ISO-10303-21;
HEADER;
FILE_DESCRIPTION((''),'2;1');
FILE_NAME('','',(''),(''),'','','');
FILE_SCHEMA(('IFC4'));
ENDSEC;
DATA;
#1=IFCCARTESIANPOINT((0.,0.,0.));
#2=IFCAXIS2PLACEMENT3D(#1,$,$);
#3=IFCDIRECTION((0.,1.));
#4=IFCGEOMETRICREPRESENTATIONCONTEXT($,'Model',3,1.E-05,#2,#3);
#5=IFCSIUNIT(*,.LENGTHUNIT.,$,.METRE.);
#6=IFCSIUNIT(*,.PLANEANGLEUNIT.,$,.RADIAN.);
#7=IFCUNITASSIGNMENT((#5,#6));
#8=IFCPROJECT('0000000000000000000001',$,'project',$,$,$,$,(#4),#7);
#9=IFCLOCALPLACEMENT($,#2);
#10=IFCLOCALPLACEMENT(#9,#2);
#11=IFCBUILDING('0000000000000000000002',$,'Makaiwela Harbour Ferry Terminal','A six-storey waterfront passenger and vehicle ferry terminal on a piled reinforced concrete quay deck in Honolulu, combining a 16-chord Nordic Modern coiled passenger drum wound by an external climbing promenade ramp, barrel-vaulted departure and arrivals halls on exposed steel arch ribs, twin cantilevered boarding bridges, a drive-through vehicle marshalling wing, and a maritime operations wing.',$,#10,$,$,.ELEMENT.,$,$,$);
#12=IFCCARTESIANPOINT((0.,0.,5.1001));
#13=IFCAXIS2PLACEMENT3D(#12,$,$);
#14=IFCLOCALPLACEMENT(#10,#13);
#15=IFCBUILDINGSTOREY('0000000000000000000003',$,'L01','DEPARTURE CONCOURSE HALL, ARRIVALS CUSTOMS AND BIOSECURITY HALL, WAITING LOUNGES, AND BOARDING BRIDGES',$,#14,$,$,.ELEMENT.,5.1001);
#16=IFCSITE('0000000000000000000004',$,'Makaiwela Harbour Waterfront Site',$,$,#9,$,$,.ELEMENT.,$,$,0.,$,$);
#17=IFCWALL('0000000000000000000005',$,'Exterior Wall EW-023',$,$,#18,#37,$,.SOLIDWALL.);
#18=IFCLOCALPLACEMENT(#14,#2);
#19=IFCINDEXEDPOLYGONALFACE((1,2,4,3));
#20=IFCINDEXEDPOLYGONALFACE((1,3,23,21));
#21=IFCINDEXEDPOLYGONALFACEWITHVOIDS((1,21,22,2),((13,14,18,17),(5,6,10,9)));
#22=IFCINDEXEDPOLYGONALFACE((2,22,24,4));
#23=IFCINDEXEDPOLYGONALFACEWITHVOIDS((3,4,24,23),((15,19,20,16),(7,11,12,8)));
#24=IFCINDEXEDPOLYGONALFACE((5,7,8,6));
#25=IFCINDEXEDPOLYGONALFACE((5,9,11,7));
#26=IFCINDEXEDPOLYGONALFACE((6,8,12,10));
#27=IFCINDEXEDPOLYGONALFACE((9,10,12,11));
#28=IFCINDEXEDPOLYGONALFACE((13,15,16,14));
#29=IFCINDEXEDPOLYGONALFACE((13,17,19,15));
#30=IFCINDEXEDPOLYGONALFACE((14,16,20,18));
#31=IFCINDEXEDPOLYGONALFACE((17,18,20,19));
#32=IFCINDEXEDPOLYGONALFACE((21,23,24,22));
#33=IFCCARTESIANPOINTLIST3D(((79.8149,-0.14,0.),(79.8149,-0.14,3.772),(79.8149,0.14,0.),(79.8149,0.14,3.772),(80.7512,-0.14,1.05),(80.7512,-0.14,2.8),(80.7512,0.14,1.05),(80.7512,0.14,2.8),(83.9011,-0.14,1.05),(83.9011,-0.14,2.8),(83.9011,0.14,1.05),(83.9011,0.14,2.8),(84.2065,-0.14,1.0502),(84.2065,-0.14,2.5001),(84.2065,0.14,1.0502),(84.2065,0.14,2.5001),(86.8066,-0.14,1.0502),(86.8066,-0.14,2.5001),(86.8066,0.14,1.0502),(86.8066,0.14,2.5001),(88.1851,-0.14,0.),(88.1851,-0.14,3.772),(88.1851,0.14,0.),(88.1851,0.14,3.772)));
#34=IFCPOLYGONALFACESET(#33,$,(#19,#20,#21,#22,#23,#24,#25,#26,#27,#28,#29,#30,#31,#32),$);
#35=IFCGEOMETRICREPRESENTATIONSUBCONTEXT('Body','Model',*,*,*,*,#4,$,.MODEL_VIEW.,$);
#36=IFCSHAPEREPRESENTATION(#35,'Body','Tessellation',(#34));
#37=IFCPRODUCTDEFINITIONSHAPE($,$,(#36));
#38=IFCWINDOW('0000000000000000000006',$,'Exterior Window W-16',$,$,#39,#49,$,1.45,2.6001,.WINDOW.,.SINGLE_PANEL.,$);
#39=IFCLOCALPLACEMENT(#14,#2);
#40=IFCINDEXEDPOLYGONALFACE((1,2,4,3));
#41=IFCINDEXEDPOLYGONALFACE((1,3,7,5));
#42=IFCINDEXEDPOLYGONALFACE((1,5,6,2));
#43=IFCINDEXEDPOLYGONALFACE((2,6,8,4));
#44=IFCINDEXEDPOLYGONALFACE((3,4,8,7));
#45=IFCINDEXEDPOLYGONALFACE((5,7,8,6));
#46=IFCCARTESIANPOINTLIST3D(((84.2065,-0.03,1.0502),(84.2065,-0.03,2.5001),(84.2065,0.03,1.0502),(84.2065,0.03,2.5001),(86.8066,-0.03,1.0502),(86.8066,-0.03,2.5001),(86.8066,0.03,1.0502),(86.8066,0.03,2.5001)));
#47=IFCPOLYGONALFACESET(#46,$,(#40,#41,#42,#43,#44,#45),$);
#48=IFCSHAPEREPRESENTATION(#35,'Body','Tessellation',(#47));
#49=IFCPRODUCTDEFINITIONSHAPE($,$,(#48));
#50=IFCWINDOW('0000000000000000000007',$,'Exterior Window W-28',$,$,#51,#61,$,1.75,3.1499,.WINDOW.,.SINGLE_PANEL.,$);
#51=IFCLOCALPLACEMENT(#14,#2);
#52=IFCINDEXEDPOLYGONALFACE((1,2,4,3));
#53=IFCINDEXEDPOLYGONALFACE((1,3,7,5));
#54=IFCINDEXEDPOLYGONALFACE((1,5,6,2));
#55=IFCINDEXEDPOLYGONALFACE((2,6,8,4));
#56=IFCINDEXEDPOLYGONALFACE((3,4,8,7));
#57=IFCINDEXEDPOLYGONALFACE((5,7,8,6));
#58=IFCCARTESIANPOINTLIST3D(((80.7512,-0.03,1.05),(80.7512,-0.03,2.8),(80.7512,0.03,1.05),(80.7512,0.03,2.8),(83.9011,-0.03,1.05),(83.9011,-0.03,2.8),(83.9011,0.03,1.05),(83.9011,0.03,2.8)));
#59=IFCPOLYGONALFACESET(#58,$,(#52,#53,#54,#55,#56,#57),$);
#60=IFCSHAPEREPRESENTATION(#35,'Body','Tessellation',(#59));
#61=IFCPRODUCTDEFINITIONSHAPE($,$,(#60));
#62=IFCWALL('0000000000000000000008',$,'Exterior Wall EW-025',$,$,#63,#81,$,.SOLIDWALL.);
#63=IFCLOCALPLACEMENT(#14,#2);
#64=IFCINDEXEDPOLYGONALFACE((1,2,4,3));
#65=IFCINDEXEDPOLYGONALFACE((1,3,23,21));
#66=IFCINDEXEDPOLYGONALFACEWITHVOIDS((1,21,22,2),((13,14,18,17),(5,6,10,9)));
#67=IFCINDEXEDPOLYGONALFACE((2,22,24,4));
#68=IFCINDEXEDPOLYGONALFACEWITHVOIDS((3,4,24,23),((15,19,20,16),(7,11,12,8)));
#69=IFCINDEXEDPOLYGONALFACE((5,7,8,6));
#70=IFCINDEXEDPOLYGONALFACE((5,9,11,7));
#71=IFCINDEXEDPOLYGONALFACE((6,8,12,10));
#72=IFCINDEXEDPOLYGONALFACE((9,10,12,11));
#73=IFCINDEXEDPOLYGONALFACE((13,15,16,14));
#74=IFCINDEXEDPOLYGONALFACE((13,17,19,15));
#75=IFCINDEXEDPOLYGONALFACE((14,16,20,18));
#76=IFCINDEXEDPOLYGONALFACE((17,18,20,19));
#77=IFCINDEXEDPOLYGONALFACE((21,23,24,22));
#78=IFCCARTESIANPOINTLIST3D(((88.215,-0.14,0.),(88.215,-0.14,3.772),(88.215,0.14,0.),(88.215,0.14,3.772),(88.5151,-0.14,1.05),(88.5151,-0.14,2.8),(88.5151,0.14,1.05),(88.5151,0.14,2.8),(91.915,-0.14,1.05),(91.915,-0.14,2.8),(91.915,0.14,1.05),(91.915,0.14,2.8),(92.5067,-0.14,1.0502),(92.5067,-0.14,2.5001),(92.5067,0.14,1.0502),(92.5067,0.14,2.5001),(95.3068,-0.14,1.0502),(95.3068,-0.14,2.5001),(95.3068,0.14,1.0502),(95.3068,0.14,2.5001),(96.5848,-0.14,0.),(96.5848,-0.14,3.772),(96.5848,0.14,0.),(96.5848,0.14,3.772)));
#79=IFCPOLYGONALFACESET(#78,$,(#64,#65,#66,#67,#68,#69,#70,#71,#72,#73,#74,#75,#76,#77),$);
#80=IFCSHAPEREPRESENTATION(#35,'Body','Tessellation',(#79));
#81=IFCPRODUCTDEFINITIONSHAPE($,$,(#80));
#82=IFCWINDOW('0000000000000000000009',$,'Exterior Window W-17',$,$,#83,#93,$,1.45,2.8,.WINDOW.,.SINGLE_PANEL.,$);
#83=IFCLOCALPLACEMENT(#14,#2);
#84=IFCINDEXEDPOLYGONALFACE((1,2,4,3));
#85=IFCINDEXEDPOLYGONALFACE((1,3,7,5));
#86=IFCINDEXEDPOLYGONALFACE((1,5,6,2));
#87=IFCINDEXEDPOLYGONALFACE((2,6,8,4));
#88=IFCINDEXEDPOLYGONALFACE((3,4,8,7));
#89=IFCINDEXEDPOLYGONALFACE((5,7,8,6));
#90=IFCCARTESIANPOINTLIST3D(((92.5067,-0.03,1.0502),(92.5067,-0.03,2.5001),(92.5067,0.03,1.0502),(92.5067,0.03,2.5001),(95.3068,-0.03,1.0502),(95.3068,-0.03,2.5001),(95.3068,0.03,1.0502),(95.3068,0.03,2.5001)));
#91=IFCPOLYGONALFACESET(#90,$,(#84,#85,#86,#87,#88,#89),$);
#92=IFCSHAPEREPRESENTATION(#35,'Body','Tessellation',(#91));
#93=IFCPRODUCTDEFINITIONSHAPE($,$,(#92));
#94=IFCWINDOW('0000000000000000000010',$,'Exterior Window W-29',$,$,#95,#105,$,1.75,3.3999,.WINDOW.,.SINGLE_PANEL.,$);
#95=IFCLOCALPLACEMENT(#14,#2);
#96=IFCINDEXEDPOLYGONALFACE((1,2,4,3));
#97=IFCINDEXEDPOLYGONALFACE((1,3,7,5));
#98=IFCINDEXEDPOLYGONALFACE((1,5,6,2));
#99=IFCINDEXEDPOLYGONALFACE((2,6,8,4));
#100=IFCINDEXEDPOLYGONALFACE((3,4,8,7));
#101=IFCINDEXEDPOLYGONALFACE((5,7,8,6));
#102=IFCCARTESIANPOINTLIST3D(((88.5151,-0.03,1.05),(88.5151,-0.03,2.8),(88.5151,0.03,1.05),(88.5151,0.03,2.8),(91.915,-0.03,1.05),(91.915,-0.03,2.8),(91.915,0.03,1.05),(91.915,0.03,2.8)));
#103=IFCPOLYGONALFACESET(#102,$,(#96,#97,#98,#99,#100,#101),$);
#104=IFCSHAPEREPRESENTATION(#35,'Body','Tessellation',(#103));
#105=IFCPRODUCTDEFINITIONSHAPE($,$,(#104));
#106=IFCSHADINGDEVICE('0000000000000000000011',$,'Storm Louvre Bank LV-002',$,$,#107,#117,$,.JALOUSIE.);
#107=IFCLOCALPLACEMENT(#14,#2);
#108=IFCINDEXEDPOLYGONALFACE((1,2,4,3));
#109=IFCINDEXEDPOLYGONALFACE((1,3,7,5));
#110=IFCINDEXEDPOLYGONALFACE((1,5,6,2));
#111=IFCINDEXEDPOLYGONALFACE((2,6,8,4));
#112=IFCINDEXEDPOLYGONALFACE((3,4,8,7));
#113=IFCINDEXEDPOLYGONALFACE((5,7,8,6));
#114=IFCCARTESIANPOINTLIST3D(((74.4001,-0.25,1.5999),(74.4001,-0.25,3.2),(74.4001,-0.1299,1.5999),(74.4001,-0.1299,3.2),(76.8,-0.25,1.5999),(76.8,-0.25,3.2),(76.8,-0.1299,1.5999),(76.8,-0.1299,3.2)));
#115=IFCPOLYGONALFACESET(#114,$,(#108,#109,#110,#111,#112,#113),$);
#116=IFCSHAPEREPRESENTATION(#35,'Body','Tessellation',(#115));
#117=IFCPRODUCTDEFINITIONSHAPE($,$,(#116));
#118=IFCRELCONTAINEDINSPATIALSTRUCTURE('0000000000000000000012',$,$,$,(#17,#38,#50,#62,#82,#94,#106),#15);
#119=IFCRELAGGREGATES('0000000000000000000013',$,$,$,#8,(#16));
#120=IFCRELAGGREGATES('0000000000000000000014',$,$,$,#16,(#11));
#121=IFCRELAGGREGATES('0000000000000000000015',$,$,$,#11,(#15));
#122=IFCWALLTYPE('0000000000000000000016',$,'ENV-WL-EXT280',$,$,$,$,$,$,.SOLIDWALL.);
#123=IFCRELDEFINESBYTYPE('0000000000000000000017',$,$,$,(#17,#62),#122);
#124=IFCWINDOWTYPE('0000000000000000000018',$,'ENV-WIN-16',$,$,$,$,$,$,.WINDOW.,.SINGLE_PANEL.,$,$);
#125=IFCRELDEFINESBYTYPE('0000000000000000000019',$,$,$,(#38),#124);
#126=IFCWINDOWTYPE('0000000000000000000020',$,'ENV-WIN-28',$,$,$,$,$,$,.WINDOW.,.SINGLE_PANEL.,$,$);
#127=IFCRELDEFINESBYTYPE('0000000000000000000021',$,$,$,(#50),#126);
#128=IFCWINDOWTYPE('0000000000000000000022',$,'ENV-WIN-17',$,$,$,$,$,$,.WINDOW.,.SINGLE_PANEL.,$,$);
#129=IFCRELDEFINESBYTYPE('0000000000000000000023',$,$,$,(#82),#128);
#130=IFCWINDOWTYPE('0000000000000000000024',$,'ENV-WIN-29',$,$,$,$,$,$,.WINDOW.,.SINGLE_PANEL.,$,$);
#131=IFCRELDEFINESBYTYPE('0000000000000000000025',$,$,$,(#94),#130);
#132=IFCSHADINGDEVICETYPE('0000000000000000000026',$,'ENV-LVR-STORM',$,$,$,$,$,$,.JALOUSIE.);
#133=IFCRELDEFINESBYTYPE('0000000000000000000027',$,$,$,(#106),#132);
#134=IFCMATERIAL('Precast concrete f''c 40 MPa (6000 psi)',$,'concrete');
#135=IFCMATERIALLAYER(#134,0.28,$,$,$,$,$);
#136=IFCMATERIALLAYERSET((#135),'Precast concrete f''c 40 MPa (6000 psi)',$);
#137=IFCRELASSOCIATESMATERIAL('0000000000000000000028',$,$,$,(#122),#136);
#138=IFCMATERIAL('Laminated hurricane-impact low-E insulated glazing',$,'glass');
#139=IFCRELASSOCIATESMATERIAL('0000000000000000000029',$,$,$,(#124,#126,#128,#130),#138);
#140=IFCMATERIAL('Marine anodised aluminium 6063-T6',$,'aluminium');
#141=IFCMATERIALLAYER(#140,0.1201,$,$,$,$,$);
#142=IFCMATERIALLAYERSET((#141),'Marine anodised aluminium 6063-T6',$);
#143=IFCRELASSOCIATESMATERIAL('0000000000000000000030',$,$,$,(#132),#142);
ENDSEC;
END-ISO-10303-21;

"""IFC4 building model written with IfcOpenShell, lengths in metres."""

from ifc_helpers import new_model, si_unit, direction, frame, frame_2d, origin, origin_2d, place, context, subcontext, project, spatial, rectangle, extrude, material, layer, layer_set, type_object, element, fill, save


model = new_model("IFC4")

# Units and contexts
model_context = context("Model", 3, precision=1e-05, world=origin(), true_north=direction((0.0, 1.0)))
body_context = subcontext(model_context, "Body", "Model", "MODEL_VIEW")
ifc_project = project(units=[si_unit("LENGTHUNIT", "METRE"), si_unit("PLANEANGLEUNIT", "RADIAN")], contexts=[model_context])

# Site, building, storey
site_placement = place(None, origin())
site = spatial("IfcSite", under=ifc_project, at=site_placement, Name="Makaiwela Harbour Waterfront Site", CompositionType="ELEMENT", RefElevation=0.0)
building_placement = place(site_placement, origin())
building = spatial("IfcBuilding", under=site, at=building_placement, Name="Makaiwela Harbour Ferry Terminal", Description="A six-storey waterfront passenger and vehicle ferry terminal on a piled reinforced concrete quay deck in Honolulu, combining a 16-chord Nordic Modern coiled passenger drum wound by an external climbing promenade ramp, barrel-vaulted departure and arrivals halls on exposed steel arch ribs, twin cantilevered boarding bridges, a drive-through vehicle marshalling wing, and a maritime operations wing.", CompositionType="ELEMENT")
storey_placement = place(building_placement, frame((0.0, 0.0, 5.1001)))
storey = spatial("IfcBuildingStorey", under=building, at=storey_placement, Name="L01", Description="DEPARTURE CONCOURSE HALL, ARRIVALS CUSTOMS AND BIOSECURITY HALL, WAITING LOUNGES, AND BOARDING BRIDGES", CompositionType="ELEMENT", Elevation=5.1001)

# Walls, openings, windows
ifc_material_1 = material(Name="Precast concrete f'c 40 MPa (6000 psi)", Category="concrete")
ifc_layer_1 = layer(ifc_material_1, 0.28)
ifc_layer_set_1 = layer_set([ifc_layer_1], Name="Precast concrete f'c 40 MPa (6000 psi)")
wall_type = type_object("IfcWallType", Name="ENV-WL-EXT280", PredefinedType="SOLIDWALL", material=ifc_layer_set_1)
ifc_material_2 = material(Name="Laminated hurricane-impact low-E insulated glazing", Category="glass")
wall_1_placement = place(storey_placement, frame((88.1851, 0.0, 0.0), z_axis=(0.0, 0.0, 1.0), x_axis=(-1.0, 0.0, 0.0)))
wall_1 = element("IfcWall", 1, at=wall_1_placement, inside=storey, type_object=wall_type, Name="Exterior Wall EW-023", PredefinedType="SOLIDWALL", context=body_context, shape_type="SweptSolid", body=[
    extrude(rectangle(XDim=8.3701, YDim=0.28, at=frame_2d((4.1851, 0.0))), origin(), (0.0, 0.0, 1.0), 3.772),
])
opening_1_placement = place(wall_1_placement, frame((1.3784, 0.0, 1.05)))
opening_1 = element("IfcOpeningElement", 2, at=opening_1_placement, cuts=wall_1, PredefinedType="OPENING", context=body_context, shape_type="SweptSolid", body=[
    extrude(rectangle(XDim=2.6001, YDim=1.45, at=frame_2d((1.3, 0.7251))), frame((0.0, 0.1499, 0.0), z_axis=(0.0, -1.0, 0.0), x_axis=(1.0, 0.0, 0.0)), (0.0, 0.0, 1.0), 0.3),
])
opening_2_placement = place(wall_1_placement, frame((4.2839, 0.0, 1.05)))
opening_2 = element("IfcOpeningElement", 3, at=opening_2_placement, cuts=wall_1, PredefinedType="OPENING", context=body_context, shape_type="SweptSolid", body=[
    extrude(rectangle(XDim=3.1499, YDim=1.75, at=frame_2d((1.575, 0.875))), frame((0.0, 0.1499, 0.0), z_axis=(0.0, -1.0, 0.0), x_axis=(1.0, 0.0, 0.0)), (0.0, 0.0, 1.0), 0.3),
])
window_type_1 = type_object("IfcWindowType", Name="ENV-WIN-16", PartitioningType="SINGLE_PANEL", PredefinedType="WINDOW", material=ifc_material_2)
window_1_placement = place(opening_1_placement, origin())
window_1 = element("IfcWindow", 4, at=window_1_placement, inside=storey, type_object=window_type_1, Name="Exterior Window W-16", OverallHeight=1.45, OverallWidth=2.6001, PartitioningType="SINGLE_PANEL", PredefinedType="WINDOW", context=body_context, shape_type="SweptSolid", body=[
    extrude(rectangle(XDim=2.6001, YDim=1.45, at=frame_2d((1.3, 0.7251))), frame((0.0, 0.03, 0.0), z_axis=(0.0, -1.0, 0.0), x_axis=(1.0, 0.0, 0.0)), (0.0, 0.0, 1.0), 0.0601),
])
fill(opening_1, window_1)
window_type_2 = type_object("IfcWindowType", Name="ENV-WIN-28", PartitioningType="SINGLE_PANEL", PredefinedType="WINDOW", material=ifc_material_2)
window_2_placement = place(opening_2_placement, origin())
window_2 = element("IfcWindow", 5, at=window_2_placement, inside=storey, type_object=window_type_2, Name="Exterior Window W-28", OverallHeight=1.75, OverallWidth=3.1499, PartitioningType="SINGLE_PANEL", PredefinedType="WINDOW", context=body_context, shape_type="SweptSolid", body=[
    extrude(rectangle(XDim=3.1499, YDim=1.75, at=frame_2d((1.575, 0.875))), frame((0.0, 0.03, 0.0), z_axis=(0.0, -1.0, 0.0), x_axis=(1.0, 0.0, 0.0)), (0.0, 0.0, 1.0), 0.0601),
])
fill(opening_2, window_2)
wall_2_placement = place(storey_placement, frame((96.585, 0.0, 0.0), z_axis=(0.0, 0.0, 1.0), x_axis=(-1.0, 0.0, 0.0)))
wall_2 = element("IfcWall", 6, at=wall_2_placement, inside=storey, type_object=wall_type, Name="Exterior Wall EW-025", PredefinedType="SOLIDWALL", context=body_context, shape_type="SweptSolid", body=[
    extrude(rectangle(XDim=8.3699, YDim=0.28, at=frame_2d((4.1851, 0.0))), origin(), (0.0, 0.0, 1.0), 3.772),
])
opening_3_placement = place(wall_2_placement, frame((1.2783, 0.0, 1.05)))
opening_3 = element("IfcOpeningElement", 7, at=opening_3_placement, cuts=wall_2, PredefinedType="OPENING", context=body_context, shape_type="SweptSolid", body=[
    extrude(rectangle(XDim=2.8, YDim=1.45, at=frame_2d((1.3999, 0.7251))), frame((0.0, 0.1499, 0.0), z_axis=(0.0, -1.0, 0.0), x_axis=(1.0, 0.0, 0.0)), (0.0, 0.0, 1.0), 0.3),
])
opening_4_placement = place(wall_2_placement, frame((4.6699, 0.0, 1.05)))
opening_4 = element("IfcOpeningElement", 8, at=opening_4_placement, cuts=wall_2, PredefinedType="OPENING", context=body_context, shape_type="SweptSolid", body=[
    extrude(rectangle(XDim=3.3999, YDim=1.75, at=frame_2d((1.7, 0.875))), frame((0.0, 0.1499, 0.0), z_axis=(0.0, -1.0, 0.0), x_axis=(1.0, 0.0, 0.0)), (0.0, 0.0, 1.0), 0.3),
])
window_type_3 = type_object("IfcWindowType", Name="ENV-WIN-17", PartitioningType="SINGLE_PANEL", PredefinedType="WINDOW", material=ifc_material_2)
window_3_placement = place(opening_3_placement, origin())
window_3 = element("IfcWindow", 9, at=window_3_placement, inside=storey, type_object=window_type_3, Name="Exterior Window W-17", OverallHeight=1.45, OverallWidth=2.8, PartitioningType="SINGLE_PANEL", PredefinedType="WINDOW", context=body_context, shape_type="SweptSolid", body=[
    extrude(rectangle(XDim=2.8, YDim=1.45, at=frame_2d((1.3999, 0.7251))), frame((0.0, 0.03, 0.0), z_axis=(0.0, -1.0, 0.0), x_axis=(1.0, 0.0, 0.0)), (0.0, 0.0, 1.0), 0.0601),
])
fill(opening_3, window_3)
window_type_4 = type_object("IfcWindowType", Name="ENV-WIN-29", PartitioningType="SINGLE_PANEL", PredefinedType="WINDOW", material=ifc_material_2)
window_4_placement = place(opening_4_placement, origin())
window_4 = element("IfcWindow", 10, at=window_4_placement, inside=storey, type_object=window_type_4, Name="Exterior Window W-29", OverallHeight=1.75, OverallWidth=3.3999, PartitioningType="SINGLE_PANEL", PredefinedType="WINDOW", context=body_context, shape_type="SweptSolid", body=[
    extrude(rectangle(XDim=3.3999, YDim=1.75, at=frame_2d((1.7, 0.875))), frame((0.0, 0.03, 0.0), z_axis=(0.0, -1.0, 0.0), x_axis=(1.0, 0.0, 0.0)), (0.0, 0.0, 1.0), 0.0601),
])
fill(opening_4, window_4)

# Shading device
ifc_material_3 = material(Name="Marine anodised aluminium 6063-T6", Category="aluminium")
ifc_layer_2 = layer(ifc_material_3, 0.1201)
ifc_layer_set_2 = layer_set([ifc_layer_2], Name="Marine anodised aluminium 6063-T6")
shading_device_type = type_object("IfcShadingDeviceType", Name="ENV-LVR-STORM", PredefinedType="JALOUSIE", material=ifc_layer_set_2)
shading_device_placement = place(storey_placement, frame((75.6001, -0.1899, 1.5999), z_axis=(0.0, 0.0, 1.0), x_axis=(-1.0, 0.0, 0.0)))
element("IfcShadingDevice", 11, at=shading_device_placement, inside=storey, type_object=shading_device_type, Name="Storm Louvre Bank LV-002", PredefinedType="JALOUSIE", context=body_context, shape_type="SweptSolid", body=[
    extrude(rectangle(XDim=2.3999, YDim=0.1201, at=origin_2d()), origin(), (0.0, 0.0, 1.0), 1.6001),
])

save(model, "model.ifc")
